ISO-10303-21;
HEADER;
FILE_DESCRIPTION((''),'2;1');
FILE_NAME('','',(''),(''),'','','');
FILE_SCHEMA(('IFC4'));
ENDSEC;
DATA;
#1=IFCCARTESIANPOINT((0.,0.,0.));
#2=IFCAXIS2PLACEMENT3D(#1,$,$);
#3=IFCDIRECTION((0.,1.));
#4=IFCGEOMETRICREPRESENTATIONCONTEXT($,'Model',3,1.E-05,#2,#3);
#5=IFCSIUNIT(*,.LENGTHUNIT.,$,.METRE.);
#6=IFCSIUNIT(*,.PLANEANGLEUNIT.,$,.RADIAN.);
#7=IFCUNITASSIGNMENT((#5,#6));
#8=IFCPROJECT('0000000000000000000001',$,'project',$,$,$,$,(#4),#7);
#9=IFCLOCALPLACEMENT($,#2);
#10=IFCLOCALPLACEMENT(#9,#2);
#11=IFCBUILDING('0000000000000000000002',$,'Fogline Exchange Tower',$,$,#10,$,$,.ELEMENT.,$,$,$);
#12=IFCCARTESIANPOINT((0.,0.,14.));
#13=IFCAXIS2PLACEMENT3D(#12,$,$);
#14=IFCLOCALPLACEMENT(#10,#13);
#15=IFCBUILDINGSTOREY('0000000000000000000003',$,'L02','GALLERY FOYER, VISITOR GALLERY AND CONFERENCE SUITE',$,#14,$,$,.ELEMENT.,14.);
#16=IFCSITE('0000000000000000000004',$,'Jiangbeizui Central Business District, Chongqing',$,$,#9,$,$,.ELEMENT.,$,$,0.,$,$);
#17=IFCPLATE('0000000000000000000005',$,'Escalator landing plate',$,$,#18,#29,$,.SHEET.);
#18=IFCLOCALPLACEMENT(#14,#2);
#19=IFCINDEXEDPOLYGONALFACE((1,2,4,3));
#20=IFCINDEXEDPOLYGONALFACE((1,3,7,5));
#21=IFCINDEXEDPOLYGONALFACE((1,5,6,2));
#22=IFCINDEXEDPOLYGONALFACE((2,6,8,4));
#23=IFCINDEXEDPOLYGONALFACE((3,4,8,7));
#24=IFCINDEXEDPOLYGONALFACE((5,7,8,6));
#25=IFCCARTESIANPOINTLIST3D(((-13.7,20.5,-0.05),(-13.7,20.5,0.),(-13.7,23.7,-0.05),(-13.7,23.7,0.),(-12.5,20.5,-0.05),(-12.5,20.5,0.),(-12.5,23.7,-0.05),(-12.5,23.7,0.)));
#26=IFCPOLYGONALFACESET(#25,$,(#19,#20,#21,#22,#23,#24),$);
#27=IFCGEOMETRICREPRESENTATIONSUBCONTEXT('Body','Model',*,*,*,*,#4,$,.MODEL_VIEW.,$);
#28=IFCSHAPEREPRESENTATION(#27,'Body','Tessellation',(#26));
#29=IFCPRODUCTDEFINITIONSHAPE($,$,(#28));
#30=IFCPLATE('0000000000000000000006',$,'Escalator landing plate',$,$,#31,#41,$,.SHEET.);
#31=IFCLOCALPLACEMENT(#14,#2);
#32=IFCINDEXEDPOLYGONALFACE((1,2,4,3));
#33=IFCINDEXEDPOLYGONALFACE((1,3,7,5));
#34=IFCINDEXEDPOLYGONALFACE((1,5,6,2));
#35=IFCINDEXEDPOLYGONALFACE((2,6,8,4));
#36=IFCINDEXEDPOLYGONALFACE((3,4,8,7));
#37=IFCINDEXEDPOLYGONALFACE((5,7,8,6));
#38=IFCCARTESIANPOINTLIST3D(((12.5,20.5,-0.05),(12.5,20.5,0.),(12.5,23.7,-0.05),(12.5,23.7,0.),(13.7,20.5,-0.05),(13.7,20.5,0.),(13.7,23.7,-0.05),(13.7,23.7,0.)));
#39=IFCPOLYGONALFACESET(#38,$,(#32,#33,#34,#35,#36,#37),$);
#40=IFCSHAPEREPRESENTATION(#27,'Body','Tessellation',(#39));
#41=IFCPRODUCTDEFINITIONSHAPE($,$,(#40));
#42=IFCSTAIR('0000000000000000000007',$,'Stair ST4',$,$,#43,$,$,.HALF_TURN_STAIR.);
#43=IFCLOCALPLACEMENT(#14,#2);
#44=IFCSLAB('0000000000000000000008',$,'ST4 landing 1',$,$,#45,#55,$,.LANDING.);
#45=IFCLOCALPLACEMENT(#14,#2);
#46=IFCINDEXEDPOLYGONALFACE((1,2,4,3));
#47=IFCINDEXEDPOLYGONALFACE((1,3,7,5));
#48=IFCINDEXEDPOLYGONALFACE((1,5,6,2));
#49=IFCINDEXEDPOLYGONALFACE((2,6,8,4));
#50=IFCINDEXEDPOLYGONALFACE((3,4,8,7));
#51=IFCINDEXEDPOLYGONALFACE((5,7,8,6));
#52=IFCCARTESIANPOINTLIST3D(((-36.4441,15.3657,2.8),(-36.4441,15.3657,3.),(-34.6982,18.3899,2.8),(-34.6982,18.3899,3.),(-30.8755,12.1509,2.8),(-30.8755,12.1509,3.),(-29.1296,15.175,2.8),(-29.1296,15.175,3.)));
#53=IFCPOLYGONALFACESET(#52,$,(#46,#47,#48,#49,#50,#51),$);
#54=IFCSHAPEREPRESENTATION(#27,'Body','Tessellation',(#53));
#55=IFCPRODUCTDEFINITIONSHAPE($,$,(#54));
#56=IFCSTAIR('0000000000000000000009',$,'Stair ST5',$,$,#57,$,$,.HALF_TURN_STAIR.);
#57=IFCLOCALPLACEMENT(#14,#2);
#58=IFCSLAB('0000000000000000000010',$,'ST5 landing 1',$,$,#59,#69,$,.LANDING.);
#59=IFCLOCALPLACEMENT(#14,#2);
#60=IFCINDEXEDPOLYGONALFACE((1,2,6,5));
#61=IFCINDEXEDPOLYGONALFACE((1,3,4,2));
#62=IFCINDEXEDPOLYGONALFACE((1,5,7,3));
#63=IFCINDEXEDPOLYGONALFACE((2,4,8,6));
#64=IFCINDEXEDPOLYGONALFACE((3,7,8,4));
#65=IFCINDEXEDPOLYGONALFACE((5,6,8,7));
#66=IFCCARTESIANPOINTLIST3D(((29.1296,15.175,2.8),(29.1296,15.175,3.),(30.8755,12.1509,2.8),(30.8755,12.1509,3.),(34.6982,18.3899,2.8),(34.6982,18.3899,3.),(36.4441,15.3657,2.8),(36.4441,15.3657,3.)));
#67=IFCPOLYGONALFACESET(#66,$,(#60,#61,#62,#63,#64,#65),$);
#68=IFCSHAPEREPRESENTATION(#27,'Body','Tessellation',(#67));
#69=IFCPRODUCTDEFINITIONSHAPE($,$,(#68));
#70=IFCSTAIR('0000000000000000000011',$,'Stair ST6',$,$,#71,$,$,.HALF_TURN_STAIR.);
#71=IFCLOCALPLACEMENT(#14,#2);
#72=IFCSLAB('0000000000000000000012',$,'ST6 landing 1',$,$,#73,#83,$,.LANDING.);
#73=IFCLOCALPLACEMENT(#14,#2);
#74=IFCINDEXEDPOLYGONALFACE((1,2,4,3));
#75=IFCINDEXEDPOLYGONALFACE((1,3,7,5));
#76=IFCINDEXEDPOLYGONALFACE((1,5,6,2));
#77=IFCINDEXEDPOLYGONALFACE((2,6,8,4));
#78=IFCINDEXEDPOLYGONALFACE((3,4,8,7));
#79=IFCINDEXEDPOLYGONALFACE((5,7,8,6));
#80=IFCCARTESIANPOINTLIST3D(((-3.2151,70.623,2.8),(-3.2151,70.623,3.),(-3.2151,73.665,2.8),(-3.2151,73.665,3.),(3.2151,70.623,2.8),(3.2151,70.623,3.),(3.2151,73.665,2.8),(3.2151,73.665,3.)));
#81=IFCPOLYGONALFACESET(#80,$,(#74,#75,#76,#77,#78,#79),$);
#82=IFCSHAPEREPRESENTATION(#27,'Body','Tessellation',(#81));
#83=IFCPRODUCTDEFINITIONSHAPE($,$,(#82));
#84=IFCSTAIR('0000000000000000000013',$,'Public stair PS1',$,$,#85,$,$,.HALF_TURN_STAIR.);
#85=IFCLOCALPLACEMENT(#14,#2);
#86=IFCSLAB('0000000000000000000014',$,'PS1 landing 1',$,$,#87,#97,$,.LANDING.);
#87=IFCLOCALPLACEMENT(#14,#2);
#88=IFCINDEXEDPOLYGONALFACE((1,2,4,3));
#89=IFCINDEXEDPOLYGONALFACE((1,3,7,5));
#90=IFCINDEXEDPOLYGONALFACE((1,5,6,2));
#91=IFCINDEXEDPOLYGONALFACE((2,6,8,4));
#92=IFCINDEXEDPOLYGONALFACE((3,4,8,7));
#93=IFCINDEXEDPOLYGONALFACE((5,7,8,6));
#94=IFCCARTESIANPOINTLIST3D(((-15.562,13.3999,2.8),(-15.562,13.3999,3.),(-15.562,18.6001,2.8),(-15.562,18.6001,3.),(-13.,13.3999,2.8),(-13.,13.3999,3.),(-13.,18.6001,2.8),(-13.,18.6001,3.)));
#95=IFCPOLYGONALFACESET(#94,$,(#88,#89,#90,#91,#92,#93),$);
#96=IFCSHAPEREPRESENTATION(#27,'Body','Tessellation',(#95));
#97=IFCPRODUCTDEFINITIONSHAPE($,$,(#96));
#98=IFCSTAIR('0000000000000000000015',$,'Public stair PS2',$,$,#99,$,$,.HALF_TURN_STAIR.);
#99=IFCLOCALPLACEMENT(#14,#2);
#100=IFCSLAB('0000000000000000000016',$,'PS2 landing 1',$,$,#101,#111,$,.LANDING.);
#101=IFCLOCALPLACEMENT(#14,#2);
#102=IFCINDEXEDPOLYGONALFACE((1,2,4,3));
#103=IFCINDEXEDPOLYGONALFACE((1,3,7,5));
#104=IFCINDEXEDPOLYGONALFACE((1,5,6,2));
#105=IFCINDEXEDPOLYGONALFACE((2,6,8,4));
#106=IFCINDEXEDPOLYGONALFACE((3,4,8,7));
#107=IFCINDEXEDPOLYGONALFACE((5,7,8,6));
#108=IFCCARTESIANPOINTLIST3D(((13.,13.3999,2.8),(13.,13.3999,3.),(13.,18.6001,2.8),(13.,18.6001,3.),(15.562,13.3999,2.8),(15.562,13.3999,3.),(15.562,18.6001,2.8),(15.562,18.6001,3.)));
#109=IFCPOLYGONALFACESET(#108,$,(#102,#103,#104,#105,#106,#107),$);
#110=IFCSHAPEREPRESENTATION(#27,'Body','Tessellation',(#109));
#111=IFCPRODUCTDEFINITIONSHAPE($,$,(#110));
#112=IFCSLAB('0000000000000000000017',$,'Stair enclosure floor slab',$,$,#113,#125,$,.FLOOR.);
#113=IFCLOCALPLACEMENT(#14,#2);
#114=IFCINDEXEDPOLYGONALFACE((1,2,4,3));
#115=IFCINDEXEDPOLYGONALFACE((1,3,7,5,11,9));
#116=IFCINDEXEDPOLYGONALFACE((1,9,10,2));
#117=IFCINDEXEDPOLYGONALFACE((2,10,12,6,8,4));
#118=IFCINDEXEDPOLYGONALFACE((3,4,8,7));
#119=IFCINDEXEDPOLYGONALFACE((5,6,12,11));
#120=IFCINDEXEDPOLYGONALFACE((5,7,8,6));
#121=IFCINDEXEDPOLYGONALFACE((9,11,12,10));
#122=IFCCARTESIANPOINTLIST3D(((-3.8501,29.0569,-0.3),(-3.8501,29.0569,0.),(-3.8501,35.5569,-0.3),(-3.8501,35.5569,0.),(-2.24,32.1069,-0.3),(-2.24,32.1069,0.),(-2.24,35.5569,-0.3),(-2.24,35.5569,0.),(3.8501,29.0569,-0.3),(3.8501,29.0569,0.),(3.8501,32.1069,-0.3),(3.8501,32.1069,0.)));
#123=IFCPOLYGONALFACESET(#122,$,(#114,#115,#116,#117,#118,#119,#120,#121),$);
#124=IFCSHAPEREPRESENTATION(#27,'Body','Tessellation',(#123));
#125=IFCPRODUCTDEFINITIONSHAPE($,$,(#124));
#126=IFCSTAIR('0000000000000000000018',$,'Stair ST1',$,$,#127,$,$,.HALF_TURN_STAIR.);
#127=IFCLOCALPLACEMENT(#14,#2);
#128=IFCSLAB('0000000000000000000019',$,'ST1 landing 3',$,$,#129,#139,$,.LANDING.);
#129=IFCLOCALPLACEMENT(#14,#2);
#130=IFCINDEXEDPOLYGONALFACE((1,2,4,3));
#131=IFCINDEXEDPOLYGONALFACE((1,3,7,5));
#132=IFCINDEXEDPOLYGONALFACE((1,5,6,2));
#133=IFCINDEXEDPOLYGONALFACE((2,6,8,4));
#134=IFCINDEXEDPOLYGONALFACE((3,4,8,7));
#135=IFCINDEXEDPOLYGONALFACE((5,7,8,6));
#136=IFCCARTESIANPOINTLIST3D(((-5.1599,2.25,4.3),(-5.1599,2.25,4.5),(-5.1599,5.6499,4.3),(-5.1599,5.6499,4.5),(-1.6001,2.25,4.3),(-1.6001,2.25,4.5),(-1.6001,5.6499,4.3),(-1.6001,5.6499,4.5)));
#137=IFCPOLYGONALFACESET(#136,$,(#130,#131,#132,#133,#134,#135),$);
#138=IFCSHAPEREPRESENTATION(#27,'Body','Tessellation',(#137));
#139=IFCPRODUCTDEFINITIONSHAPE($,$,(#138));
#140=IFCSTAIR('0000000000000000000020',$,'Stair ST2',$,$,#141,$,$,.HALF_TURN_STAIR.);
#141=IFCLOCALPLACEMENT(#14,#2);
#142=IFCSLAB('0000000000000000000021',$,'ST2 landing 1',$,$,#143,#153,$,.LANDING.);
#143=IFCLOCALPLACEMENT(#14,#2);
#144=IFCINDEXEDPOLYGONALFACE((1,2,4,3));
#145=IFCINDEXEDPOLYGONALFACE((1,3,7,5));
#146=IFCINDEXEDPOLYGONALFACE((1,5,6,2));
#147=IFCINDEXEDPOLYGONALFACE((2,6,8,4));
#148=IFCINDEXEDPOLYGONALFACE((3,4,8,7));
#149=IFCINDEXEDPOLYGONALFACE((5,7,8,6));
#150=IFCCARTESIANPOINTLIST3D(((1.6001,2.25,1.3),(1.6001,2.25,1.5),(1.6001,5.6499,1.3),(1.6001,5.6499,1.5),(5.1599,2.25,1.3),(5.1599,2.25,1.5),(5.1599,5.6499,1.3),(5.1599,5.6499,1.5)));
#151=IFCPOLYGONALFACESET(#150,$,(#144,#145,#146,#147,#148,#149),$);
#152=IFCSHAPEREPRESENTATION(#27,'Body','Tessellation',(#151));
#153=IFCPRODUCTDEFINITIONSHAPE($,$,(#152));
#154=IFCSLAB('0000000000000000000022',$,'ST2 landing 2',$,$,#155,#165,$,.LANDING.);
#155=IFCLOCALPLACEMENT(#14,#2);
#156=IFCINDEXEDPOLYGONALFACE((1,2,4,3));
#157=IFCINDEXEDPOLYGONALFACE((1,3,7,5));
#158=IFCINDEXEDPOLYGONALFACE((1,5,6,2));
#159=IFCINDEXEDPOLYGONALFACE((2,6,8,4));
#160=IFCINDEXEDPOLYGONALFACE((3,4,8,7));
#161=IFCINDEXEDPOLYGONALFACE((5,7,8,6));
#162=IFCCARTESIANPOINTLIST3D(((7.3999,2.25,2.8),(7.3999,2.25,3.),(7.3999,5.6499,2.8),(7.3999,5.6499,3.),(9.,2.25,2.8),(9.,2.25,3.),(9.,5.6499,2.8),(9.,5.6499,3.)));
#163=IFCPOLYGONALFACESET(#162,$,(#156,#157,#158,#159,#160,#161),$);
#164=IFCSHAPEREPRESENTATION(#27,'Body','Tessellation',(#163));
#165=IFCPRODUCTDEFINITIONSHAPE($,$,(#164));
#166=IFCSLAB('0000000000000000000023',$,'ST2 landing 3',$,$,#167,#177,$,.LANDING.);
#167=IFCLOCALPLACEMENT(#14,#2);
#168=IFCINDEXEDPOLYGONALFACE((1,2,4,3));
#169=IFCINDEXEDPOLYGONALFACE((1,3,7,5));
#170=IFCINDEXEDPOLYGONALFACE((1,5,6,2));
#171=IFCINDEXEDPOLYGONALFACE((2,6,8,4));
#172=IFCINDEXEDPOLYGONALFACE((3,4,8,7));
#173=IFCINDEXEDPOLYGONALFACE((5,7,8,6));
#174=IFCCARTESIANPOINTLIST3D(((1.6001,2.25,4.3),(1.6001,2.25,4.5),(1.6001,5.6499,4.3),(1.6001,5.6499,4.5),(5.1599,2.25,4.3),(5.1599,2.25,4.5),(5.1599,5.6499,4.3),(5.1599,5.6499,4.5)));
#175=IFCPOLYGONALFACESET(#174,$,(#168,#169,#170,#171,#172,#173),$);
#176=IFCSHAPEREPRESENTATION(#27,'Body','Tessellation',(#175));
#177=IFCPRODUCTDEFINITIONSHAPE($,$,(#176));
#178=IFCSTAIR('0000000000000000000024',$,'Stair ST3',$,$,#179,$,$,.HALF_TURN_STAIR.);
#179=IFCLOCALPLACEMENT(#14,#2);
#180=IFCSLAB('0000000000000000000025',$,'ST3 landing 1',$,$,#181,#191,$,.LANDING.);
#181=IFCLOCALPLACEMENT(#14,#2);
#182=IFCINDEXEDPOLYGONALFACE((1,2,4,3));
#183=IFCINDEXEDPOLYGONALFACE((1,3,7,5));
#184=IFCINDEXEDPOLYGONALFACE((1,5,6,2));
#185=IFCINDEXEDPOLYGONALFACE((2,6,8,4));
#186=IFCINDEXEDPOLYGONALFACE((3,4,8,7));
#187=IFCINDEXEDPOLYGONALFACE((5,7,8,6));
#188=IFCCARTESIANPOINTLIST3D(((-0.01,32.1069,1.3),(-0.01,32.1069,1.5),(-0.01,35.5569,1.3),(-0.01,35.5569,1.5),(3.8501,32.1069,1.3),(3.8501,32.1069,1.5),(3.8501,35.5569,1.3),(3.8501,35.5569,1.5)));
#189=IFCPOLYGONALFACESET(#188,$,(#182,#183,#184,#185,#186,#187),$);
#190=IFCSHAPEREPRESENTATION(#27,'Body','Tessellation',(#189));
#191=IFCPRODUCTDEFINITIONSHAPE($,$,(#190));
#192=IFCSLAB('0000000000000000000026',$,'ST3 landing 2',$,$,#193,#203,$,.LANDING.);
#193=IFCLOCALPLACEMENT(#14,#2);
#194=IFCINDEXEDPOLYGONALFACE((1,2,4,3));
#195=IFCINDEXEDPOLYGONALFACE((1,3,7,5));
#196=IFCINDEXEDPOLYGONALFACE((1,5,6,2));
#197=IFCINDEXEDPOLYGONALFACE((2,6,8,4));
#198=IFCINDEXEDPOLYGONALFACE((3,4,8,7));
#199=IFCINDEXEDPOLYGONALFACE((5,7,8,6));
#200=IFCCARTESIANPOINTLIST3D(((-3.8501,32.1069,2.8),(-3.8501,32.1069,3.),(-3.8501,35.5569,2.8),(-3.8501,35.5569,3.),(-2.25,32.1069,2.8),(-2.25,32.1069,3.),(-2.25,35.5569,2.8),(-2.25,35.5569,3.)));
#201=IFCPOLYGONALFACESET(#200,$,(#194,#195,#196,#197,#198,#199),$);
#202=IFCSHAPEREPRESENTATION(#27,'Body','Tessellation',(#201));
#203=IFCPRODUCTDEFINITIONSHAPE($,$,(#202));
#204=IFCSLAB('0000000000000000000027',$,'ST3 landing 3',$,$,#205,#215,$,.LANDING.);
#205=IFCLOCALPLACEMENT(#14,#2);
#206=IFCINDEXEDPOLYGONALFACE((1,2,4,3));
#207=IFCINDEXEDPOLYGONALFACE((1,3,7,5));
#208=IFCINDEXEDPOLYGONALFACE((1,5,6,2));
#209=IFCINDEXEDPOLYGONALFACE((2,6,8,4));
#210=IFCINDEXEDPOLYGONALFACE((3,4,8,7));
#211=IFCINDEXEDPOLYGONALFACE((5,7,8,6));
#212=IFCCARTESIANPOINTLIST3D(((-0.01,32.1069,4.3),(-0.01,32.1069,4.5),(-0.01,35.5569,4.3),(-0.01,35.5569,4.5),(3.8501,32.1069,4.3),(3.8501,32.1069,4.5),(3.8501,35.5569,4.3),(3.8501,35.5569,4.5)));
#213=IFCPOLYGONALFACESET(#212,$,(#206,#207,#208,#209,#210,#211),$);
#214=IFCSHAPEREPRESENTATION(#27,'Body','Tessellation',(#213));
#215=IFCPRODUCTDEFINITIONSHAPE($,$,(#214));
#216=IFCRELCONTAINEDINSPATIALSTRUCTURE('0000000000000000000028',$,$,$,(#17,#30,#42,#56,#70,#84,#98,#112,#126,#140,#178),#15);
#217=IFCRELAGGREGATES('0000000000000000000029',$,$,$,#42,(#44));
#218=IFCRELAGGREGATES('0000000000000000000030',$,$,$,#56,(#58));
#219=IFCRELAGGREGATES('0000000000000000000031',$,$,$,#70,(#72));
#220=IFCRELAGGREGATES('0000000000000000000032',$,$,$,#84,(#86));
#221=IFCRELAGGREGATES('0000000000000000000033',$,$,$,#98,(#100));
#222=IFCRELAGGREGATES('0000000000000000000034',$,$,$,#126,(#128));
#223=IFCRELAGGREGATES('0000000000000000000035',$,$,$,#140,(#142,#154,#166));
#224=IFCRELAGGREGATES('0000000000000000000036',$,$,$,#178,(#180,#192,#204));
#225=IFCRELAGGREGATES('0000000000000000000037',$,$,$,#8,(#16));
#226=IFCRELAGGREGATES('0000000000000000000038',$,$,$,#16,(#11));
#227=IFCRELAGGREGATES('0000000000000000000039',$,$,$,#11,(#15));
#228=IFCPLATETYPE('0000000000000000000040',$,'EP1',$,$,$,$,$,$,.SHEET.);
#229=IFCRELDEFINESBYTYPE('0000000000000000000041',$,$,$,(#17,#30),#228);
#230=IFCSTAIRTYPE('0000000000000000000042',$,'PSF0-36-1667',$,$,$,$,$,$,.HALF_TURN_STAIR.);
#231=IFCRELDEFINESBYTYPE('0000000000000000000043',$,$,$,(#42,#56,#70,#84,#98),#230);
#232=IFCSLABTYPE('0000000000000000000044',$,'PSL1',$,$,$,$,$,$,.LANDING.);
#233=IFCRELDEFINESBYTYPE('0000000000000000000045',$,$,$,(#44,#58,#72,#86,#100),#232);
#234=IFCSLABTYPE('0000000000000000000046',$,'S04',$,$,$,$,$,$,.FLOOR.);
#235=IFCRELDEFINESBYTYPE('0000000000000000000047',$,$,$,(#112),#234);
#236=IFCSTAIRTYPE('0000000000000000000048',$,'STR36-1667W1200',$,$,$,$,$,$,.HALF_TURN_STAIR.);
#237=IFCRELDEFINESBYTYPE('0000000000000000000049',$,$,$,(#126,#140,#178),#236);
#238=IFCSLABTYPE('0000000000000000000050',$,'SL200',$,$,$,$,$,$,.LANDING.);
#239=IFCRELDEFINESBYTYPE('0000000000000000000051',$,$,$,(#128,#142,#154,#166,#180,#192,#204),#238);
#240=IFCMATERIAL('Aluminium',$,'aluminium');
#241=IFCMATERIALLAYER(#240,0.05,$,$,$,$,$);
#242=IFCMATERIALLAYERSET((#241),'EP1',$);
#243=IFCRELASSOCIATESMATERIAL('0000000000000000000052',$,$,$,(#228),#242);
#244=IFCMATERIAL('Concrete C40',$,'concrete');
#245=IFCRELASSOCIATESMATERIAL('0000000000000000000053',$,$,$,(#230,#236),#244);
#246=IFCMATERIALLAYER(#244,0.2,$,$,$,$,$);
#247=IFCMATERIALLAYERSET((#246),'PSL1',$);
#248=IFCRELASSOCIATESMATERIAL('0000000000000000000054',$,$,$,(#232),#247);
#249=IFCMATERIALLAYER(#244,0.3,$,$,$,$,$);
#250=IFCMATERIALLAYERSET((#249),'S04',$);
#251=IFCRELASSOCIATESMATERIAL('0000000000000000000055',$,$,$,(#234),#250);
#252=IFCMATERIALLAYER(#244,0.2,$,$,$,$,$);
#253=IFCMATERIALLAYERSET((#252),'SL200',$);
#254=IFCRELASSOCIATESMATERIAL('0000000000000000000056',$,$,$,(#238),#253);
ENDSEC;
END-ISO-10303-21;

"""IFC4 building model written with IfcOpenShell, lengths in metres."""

from ifc_helpers import new_model, si_unit, direction, frame, origin, place, context, subcontext, project, spatial, polyline, outline, extrude, material, layer, layer_set, type_object, element, aggregate, save


model = new_model("IFC4")

# Units and contexts
model_context = context("Model", 3, precision=1e-05, world=origin(), true_north=direction((0.0, 1.0)))
body_context = subcontext(model_context, "Body", "Model", "MODEL_VIEW")
ifc_project = project(units=[si_unit("LENGTHUNIT", "METRE"), si_unit("PLANEANGLEUNIT", "RADIAN")], contexts=[model_context])

# Site, building, storey
site_placement = place(None, origin())
site = spatial("IfcSite", under=ifc_project, at=site_placement, Name="Jiangbeizui Central Business District, Chongqing", CompositionType="ELEMENT", RefElevation=0.0)
building_placement = place(site_placement, origin())
building = spatial("IfcBuilding", under=site, at=building_placement, Name="Fogline Exchange Tower", CompositionType="ELEMENT")
storey_placement = place(building_placement, frame((0.0, 0.0, 14.0)))
storey = spatial("IfcBuildingStorey", under=building, at=storey_placement, Name="L02", Description="GALLERY FOYER, VISITOR GALLERY AND CONFERENCE SUITE", CompositionType="ELEMENT", Elevation=14.0)

# Plates
ifc_material_1 = material(Name="Aluminium", Category="aluminium")
ifc_layer_1 = layer(ifc_material_1, 0.05)
ifc_layer_set_1 = layer_set([ifc_layer_1], Name="EP1")
plate_type = type_object("IfcPlateType", Name="EP1", PredefinedType="SHEET", material=ifc_layer_set_1)
plate_1_placement = place(storey_placement, frame((0.0, 0.0, -0.05)))
element("IfcPlate", 1, at=plate_1_placement, inside=storey, type_object=plate_type, Name="Escalator landing plate", PredefinedType="SHEET", context=body_context, shape_type="SweptSolid", body=[
    extrude(outline(polyline([(-13.7, 20.5), (-12.5, 20.5), (-12.5, 23.7), (-13.7, 23.7), (-13.7, 20.5)])), origin(), (0.0, 0.0, 1.0), 0.05),
])
plate_2_placement = place(storey_placement, frame((0.0, 0.0, -0.05)))
element("IfcPlate", 2, at=plate_2_placement, inside=storey, type_object=plate_type, Name="Escalator landing plate", PredefinedType="SHEET", context=body_context, shape_type="SweptSolid", body=[
    extrude(outline(polyline([(12.5, 20.5), (13.7, 20.5), (13.7, 23.7), (12.5, 23.7), (12.5, 20.5)])), origin(), (0.0, 0.0, 1.0), 0.05),
])

# Stairs, slabs
ifc_material_2 = material(Name="Concrete C40", Category="concrete")
stair_type_1 = type_object("IfcStairType", Name="PSF0-36-1667", PredefinedType="HALF_TURN_STAIR", material=ifc_material_2)
stair_1_placement = place(storey_placement, origin())
stair_1 = element("IfcStair", 3, at=stair_1_placement, inside=storey, type_object=stair_type_1, Name="Stair ST4", PredefinedType="HALF_TURN_STAIR")
ifc_layer_2 = layer(ifc_material_2, 0.2)
ifc_layer_set_2 = layer_set([ifc_layer_2], Name="PSL1")
slab_type_1 = type_object("IfcSlabType", Name="PSL1", PredefinedType="LANDING", material=ifc_layer_set_2)
slab_1_placement = place(storey_placement, frame((0.0, 0.0, 2.8)))
slab_1 = element("IfcSlab", 4, at=slab_1_placement, type_object=slab_type_1, Name="ST4 landing 1", PredefinedType="LANDING", context=body_context, shape_type="SweptSolid", body=[
    extrude(outline(polyline([(-36.4441, 15.3657), (-34.6982, 18.3899), (-29.1296, 15.175), (-30.8755, 12.1509), (-36.4441, 15.3657)])), origin(), (0.0, 0.0, 1.0), 0.2),
])
aggregate(stair_1, [slab_1])
stair_2_placement = place(storey_placement, origin())
stair_2 = element("IfcStair", 5, at=stair_2_placement, inside=storey, type_object=stair_type_1, Name="Stair ST5", PredefinedType="HALF_TURN_STAIR")
slab_2_placement = place(storey_placement, frame((0.0, 0.0, 2.8)))
slab_2 = element("IfcSlab", 6, at=slab_2_placement, type_object=slab_type_1, Name="ST5 landing 1", PredefinedType="LANDING", context=body_context, shape_type="SweptSolid", body=[
    extrude(outline(polyline([(36.4441, 15.3657), (34.6982, 18.3899), (29.1296, 15.175), (30.8755, 12.1509), (36.4441, 15.3657)])), origin(), (0.0, 0.0, 1.0), 0.2),
])
aggregate(stair_2, [slab_2])
stair_3_placement = place(storey_placement, origin())
stair_3 = element("IfcStair", 7, at=stair_3_placement, inside=storey, type_object=stair_type_1, Name="Stair ST6", PredefinedType="HALF_TURN_STAIR")
slab_3_placement = place(storey_placement, frame((0.0, 0.0, 2.8)))
slab_3 = element("IfcSlab", 8, at=slab_3_placement, type_object=slab_type_1, Name="ST6 landing 1", PredefinedType="LANDING", context=body_context, shape_type="SweptSolid", body=[
    extrude(outline(polyline([(-3.2151, 73.665), (-3.2151, 70.623), (3.2151, 70.623), (3.2151, 73.665), (-3.2151, 73.665)])), origin(), (0.0, 0.0, 1.0), 0.2),
])
aggregate(stair_3, [slab_3])
stair_4_placement = place(storey_placement, origin())
stair_4 = element("IfcStair", 9, at=stair_4_placement, inside=storey, type_object=stair_type_1, Name="Public stair PS1", PredefinedType="HALF_TURN_STAIR")
slab_4_placement = place(storey_placement, frame((0.0, 0.0, 2.8)))
slab_4 = element("IfcSlab", 10, at=slab_4_placement, type_object=slab_type_1, Name="PS1 landing 1", PredefinedType="LANDING", context=body_context, shape_type="SweptSolid", body=[
    extrude(outline(polyline([(-15.562, 13.3999), (-13.0, 13.3999), (-13.0, 18.6001), (-15.562, 18.6001), (-15.562, 13.3999)])), origin(), (0.0, 0.0, 1.0), 0.2),
])
aggregate(stair_4, [slab_4])
stair_5_placement = place(storey_placement, origin())
stair_5 = element("IfcStair", 11, at=stair_5_placement, inside=storey, type_object=stair_type_1, Name="Public stair PS2", PredefinedType="HALF_TURN_STAIR")
slab_5_placement = place(storey_placement, frame((0.0, 0.0, 2.8)))
slab_5 = element("IfcSlab", 12, at=slab_5_placement, type_object=slab_type_1, Name="PS2 landing 1", PredefinedType="LANDING", context=body_context, shape_type="SweptSolid", body=[
    extrude(outline(polyline([(15.562, 13.3999), (13.0, 13.3999), (13.0, 18.6001), (15.562, 18.6001), (15.562, 13.3999)])), origin(), (0.0, 0.0, 1.0), 0.2),
])
aggregate(stair_5, [slab_5])

# Slab
ifc_layer_3 = layer(ifc_material_2, 0.3)
ifc_layer_set_3 = layer_set([ifc_layer_3], Name="S04")
slab_type_2 = type_object("IfcSlabType", Name="S04", PredefinedType="FLOOR", material=ifc_layer_set_3)
slab_6_placement = place(storey_placement, frame((0.0, 0.0, -0.3)))
element("IfcSlab", 13, at=slab_6_placement, inside=storey, type_object=slab_type_2, Name="Stair enclosure floor slab", PredefinedType="FLOOR", context=body_context, shape_type="SweptSolid", body=[
    extrude(outline(polyline([(3.8501, 29.0569), (-3.8501, 29.0569), (-3.8501, 35.5569), (-2.24, 35.5569), (-2.24, 32.1069), (3.8501, 32.1069), (3.8501, 29.0569)])), origin(), (0.0, 0.0, 1.0), 0.3),
])

# Stair, slab
stair_type_2 = type_object("IfcStairType", Name="STR36-1667W1200", PredefinedType="HALF_TURN_STAIR", material=ifc_material_2)
stair_6_placement = place(storey_placement, origin())
stair_6 = element("IfcStair", 14, at=stair_6_placement, inside=storey, type_object=stair_type_2, Name="Stair ST1", PredefinedType="HALF_TURN_STAIR")
ifc_layer_4 = layer(ifc_material_2, 0.2)
ifc_layer_set_4 = layer_set([ifc_layer_4], Name="SL200")
slab_type_3 = type_object("IfcSlabType", Name="SL200", PredefinedType="LANDING", material=ifc_layer_set_4)
slab_7_placement = place(storey_placement, frame((0.0, 0.0, 4.3)))
slab_7 = element("IfcSlab", 15, at=slab_7_placement, type_object=slab_type_3, Name="ST1 landing 3", PredefinedType="LANDING", context=body_context, shape_type="SweptSolid", body=[
    extrude(outline(polyline([(-5.1599, 2.25), (-1.6001, 2.25), (-1.6001, 5.6499), (-5.1599, 5.6499), (-5.1599, 2.25)])), origin(), (0.0, 0.0, 1.0), 0.2),
])
aggregate(stair_6, [slab_7])

# Stairs, slabs
stair_7_placement = place(storey_placement, origin())
stair_7 = element("IfcStair", 16, at=stair_7_placement, inside=storey, type_object=stair_type_2, Name="Stair ST2", PredefinedType="HALF_TURN_STAIR")
slab_8_placement = place(storey_placement, frame((0.0, 0.0, 1.3)))
slab_8 = element("IfcSlab", 17, at=slab_8_placement, type_object=slab_type_3, Name="ST2 landing 1", PredefinedType="LANDING", context=body_context, shape_type="SweptSolid", body=[
    extrude(outline(polyline([(1.6001, 2.25), (5.1599, 2.25), (5.1599, 5.6499), (1.6001, 5.6499), (1.6001, 2.25)])), origin(), (0.0, 0.0, 1.0), 0.2),
])
slab_9_placement = place(storey_placement, frame((0.0, 0.0, 2.8)))
slab_9 = element("IfcSlab", 18, at=slab_9_placement, type_object=slab_type_3, Name="ST2 landing 2", PredefinedType="LANDING", context=body_context, shape_type="SweptSolid", body=[
    extrude(outline(polyline([(7.3999, 2.25), (9.0, 2.25), (9.0, 5.6499), (7.3999, 5.6499), (7.3999, 2.25)])), origin(), (0.0, 0.0, 1.0), 0.2),
])
slab_10_placement = place(storey_placement, frame((0.0, 0.0, 4.3)))
slab_10 = element("IfcSlab", 19, at=slab_10_placement, type_object=slab_type_3, Name="ST2 landing 3", PredefinedType="LANDING", context=body_context, shape_type="SweptSolid", body=[
    extrude(outline(polyline([(1.6001, 2.25), (5.1599, 2.25), (5.1599, 5.6499), (1.6001, 5.6499), (1.6001, 2.25)])), origin(), (0.0, 0.0, 1.0), 0.2),
])
aggregate(stair_7, [slab_8, slab_9, slab_10])
stair_8_placement = place(storey_placement, origin())
stair_8 = element("IfcStair", 20, at=stair_8_placement, inside=storey, type_object=stair_type_2, Name="Stair ST3", PredefinedType="HALF_TURN_STAIR")
slab_11_placement = place(storey_placement, frame((0.0, 0.0, 1.3)))
slab_11 = element("IfcSlab", 21, at=slab_11_placement, type_object=slab_type_3, Name="ST3 landing 1", PredefinedType="LANDING", context=body_context, shape_type="SweptSolid", body=[
    extrude(outline(polyline([(-0.01, 32.1069), (3.8501, 32.1069), (3.8501, 35.5569), (-0.01, 35.5569), (-0.01, 32.1069)])), origin(), (0.0, 0.0, 1.0), 0.2),
])
slab_12_placement = place(storey_placement, frame((0.0, 0.0, 2.8)))
slab_12 = element("IfcSlab", 22, at=slab_12_placement, type_object=slab_type_3, Name="ST3 landing 2", PredefinedType="LANDING", context=body_context, shape_type="SweptSolid", body=[
    extrude(outline(polyline([(-3.8501, 32.1069), (-2.25, 32.1069), (-2.25, 35.5569), (-3.8501, 35.5569), (-3.8501, 32.1069)])), origin(), (0.0, 0.0, 1.0), 0.2),
])
slab_13_placement = place(storey_placement, frame((0.0, 0.0, 4.3)))
slab_13 = element("IfcSlab", 23, at=slab_13_placement, type_object=slab_type_3, Name="ST3 landing 3", PredefinedType="LANDING", context=body_context, shape_type="SweptSolid", body=[
    extrude(outline(polyline([(-0.01, 32.1069), (3.8501, 32.1069), (3.8501, 35.5569), (-0.01, 35.5569), (-0.01, 32.1069)])), origin(), (0.0, 0.0, 1.0), 0.2),
])
aggregate(stair_8, [slab_11, slab_12, slab_13])

save(model, "model.ifc")
